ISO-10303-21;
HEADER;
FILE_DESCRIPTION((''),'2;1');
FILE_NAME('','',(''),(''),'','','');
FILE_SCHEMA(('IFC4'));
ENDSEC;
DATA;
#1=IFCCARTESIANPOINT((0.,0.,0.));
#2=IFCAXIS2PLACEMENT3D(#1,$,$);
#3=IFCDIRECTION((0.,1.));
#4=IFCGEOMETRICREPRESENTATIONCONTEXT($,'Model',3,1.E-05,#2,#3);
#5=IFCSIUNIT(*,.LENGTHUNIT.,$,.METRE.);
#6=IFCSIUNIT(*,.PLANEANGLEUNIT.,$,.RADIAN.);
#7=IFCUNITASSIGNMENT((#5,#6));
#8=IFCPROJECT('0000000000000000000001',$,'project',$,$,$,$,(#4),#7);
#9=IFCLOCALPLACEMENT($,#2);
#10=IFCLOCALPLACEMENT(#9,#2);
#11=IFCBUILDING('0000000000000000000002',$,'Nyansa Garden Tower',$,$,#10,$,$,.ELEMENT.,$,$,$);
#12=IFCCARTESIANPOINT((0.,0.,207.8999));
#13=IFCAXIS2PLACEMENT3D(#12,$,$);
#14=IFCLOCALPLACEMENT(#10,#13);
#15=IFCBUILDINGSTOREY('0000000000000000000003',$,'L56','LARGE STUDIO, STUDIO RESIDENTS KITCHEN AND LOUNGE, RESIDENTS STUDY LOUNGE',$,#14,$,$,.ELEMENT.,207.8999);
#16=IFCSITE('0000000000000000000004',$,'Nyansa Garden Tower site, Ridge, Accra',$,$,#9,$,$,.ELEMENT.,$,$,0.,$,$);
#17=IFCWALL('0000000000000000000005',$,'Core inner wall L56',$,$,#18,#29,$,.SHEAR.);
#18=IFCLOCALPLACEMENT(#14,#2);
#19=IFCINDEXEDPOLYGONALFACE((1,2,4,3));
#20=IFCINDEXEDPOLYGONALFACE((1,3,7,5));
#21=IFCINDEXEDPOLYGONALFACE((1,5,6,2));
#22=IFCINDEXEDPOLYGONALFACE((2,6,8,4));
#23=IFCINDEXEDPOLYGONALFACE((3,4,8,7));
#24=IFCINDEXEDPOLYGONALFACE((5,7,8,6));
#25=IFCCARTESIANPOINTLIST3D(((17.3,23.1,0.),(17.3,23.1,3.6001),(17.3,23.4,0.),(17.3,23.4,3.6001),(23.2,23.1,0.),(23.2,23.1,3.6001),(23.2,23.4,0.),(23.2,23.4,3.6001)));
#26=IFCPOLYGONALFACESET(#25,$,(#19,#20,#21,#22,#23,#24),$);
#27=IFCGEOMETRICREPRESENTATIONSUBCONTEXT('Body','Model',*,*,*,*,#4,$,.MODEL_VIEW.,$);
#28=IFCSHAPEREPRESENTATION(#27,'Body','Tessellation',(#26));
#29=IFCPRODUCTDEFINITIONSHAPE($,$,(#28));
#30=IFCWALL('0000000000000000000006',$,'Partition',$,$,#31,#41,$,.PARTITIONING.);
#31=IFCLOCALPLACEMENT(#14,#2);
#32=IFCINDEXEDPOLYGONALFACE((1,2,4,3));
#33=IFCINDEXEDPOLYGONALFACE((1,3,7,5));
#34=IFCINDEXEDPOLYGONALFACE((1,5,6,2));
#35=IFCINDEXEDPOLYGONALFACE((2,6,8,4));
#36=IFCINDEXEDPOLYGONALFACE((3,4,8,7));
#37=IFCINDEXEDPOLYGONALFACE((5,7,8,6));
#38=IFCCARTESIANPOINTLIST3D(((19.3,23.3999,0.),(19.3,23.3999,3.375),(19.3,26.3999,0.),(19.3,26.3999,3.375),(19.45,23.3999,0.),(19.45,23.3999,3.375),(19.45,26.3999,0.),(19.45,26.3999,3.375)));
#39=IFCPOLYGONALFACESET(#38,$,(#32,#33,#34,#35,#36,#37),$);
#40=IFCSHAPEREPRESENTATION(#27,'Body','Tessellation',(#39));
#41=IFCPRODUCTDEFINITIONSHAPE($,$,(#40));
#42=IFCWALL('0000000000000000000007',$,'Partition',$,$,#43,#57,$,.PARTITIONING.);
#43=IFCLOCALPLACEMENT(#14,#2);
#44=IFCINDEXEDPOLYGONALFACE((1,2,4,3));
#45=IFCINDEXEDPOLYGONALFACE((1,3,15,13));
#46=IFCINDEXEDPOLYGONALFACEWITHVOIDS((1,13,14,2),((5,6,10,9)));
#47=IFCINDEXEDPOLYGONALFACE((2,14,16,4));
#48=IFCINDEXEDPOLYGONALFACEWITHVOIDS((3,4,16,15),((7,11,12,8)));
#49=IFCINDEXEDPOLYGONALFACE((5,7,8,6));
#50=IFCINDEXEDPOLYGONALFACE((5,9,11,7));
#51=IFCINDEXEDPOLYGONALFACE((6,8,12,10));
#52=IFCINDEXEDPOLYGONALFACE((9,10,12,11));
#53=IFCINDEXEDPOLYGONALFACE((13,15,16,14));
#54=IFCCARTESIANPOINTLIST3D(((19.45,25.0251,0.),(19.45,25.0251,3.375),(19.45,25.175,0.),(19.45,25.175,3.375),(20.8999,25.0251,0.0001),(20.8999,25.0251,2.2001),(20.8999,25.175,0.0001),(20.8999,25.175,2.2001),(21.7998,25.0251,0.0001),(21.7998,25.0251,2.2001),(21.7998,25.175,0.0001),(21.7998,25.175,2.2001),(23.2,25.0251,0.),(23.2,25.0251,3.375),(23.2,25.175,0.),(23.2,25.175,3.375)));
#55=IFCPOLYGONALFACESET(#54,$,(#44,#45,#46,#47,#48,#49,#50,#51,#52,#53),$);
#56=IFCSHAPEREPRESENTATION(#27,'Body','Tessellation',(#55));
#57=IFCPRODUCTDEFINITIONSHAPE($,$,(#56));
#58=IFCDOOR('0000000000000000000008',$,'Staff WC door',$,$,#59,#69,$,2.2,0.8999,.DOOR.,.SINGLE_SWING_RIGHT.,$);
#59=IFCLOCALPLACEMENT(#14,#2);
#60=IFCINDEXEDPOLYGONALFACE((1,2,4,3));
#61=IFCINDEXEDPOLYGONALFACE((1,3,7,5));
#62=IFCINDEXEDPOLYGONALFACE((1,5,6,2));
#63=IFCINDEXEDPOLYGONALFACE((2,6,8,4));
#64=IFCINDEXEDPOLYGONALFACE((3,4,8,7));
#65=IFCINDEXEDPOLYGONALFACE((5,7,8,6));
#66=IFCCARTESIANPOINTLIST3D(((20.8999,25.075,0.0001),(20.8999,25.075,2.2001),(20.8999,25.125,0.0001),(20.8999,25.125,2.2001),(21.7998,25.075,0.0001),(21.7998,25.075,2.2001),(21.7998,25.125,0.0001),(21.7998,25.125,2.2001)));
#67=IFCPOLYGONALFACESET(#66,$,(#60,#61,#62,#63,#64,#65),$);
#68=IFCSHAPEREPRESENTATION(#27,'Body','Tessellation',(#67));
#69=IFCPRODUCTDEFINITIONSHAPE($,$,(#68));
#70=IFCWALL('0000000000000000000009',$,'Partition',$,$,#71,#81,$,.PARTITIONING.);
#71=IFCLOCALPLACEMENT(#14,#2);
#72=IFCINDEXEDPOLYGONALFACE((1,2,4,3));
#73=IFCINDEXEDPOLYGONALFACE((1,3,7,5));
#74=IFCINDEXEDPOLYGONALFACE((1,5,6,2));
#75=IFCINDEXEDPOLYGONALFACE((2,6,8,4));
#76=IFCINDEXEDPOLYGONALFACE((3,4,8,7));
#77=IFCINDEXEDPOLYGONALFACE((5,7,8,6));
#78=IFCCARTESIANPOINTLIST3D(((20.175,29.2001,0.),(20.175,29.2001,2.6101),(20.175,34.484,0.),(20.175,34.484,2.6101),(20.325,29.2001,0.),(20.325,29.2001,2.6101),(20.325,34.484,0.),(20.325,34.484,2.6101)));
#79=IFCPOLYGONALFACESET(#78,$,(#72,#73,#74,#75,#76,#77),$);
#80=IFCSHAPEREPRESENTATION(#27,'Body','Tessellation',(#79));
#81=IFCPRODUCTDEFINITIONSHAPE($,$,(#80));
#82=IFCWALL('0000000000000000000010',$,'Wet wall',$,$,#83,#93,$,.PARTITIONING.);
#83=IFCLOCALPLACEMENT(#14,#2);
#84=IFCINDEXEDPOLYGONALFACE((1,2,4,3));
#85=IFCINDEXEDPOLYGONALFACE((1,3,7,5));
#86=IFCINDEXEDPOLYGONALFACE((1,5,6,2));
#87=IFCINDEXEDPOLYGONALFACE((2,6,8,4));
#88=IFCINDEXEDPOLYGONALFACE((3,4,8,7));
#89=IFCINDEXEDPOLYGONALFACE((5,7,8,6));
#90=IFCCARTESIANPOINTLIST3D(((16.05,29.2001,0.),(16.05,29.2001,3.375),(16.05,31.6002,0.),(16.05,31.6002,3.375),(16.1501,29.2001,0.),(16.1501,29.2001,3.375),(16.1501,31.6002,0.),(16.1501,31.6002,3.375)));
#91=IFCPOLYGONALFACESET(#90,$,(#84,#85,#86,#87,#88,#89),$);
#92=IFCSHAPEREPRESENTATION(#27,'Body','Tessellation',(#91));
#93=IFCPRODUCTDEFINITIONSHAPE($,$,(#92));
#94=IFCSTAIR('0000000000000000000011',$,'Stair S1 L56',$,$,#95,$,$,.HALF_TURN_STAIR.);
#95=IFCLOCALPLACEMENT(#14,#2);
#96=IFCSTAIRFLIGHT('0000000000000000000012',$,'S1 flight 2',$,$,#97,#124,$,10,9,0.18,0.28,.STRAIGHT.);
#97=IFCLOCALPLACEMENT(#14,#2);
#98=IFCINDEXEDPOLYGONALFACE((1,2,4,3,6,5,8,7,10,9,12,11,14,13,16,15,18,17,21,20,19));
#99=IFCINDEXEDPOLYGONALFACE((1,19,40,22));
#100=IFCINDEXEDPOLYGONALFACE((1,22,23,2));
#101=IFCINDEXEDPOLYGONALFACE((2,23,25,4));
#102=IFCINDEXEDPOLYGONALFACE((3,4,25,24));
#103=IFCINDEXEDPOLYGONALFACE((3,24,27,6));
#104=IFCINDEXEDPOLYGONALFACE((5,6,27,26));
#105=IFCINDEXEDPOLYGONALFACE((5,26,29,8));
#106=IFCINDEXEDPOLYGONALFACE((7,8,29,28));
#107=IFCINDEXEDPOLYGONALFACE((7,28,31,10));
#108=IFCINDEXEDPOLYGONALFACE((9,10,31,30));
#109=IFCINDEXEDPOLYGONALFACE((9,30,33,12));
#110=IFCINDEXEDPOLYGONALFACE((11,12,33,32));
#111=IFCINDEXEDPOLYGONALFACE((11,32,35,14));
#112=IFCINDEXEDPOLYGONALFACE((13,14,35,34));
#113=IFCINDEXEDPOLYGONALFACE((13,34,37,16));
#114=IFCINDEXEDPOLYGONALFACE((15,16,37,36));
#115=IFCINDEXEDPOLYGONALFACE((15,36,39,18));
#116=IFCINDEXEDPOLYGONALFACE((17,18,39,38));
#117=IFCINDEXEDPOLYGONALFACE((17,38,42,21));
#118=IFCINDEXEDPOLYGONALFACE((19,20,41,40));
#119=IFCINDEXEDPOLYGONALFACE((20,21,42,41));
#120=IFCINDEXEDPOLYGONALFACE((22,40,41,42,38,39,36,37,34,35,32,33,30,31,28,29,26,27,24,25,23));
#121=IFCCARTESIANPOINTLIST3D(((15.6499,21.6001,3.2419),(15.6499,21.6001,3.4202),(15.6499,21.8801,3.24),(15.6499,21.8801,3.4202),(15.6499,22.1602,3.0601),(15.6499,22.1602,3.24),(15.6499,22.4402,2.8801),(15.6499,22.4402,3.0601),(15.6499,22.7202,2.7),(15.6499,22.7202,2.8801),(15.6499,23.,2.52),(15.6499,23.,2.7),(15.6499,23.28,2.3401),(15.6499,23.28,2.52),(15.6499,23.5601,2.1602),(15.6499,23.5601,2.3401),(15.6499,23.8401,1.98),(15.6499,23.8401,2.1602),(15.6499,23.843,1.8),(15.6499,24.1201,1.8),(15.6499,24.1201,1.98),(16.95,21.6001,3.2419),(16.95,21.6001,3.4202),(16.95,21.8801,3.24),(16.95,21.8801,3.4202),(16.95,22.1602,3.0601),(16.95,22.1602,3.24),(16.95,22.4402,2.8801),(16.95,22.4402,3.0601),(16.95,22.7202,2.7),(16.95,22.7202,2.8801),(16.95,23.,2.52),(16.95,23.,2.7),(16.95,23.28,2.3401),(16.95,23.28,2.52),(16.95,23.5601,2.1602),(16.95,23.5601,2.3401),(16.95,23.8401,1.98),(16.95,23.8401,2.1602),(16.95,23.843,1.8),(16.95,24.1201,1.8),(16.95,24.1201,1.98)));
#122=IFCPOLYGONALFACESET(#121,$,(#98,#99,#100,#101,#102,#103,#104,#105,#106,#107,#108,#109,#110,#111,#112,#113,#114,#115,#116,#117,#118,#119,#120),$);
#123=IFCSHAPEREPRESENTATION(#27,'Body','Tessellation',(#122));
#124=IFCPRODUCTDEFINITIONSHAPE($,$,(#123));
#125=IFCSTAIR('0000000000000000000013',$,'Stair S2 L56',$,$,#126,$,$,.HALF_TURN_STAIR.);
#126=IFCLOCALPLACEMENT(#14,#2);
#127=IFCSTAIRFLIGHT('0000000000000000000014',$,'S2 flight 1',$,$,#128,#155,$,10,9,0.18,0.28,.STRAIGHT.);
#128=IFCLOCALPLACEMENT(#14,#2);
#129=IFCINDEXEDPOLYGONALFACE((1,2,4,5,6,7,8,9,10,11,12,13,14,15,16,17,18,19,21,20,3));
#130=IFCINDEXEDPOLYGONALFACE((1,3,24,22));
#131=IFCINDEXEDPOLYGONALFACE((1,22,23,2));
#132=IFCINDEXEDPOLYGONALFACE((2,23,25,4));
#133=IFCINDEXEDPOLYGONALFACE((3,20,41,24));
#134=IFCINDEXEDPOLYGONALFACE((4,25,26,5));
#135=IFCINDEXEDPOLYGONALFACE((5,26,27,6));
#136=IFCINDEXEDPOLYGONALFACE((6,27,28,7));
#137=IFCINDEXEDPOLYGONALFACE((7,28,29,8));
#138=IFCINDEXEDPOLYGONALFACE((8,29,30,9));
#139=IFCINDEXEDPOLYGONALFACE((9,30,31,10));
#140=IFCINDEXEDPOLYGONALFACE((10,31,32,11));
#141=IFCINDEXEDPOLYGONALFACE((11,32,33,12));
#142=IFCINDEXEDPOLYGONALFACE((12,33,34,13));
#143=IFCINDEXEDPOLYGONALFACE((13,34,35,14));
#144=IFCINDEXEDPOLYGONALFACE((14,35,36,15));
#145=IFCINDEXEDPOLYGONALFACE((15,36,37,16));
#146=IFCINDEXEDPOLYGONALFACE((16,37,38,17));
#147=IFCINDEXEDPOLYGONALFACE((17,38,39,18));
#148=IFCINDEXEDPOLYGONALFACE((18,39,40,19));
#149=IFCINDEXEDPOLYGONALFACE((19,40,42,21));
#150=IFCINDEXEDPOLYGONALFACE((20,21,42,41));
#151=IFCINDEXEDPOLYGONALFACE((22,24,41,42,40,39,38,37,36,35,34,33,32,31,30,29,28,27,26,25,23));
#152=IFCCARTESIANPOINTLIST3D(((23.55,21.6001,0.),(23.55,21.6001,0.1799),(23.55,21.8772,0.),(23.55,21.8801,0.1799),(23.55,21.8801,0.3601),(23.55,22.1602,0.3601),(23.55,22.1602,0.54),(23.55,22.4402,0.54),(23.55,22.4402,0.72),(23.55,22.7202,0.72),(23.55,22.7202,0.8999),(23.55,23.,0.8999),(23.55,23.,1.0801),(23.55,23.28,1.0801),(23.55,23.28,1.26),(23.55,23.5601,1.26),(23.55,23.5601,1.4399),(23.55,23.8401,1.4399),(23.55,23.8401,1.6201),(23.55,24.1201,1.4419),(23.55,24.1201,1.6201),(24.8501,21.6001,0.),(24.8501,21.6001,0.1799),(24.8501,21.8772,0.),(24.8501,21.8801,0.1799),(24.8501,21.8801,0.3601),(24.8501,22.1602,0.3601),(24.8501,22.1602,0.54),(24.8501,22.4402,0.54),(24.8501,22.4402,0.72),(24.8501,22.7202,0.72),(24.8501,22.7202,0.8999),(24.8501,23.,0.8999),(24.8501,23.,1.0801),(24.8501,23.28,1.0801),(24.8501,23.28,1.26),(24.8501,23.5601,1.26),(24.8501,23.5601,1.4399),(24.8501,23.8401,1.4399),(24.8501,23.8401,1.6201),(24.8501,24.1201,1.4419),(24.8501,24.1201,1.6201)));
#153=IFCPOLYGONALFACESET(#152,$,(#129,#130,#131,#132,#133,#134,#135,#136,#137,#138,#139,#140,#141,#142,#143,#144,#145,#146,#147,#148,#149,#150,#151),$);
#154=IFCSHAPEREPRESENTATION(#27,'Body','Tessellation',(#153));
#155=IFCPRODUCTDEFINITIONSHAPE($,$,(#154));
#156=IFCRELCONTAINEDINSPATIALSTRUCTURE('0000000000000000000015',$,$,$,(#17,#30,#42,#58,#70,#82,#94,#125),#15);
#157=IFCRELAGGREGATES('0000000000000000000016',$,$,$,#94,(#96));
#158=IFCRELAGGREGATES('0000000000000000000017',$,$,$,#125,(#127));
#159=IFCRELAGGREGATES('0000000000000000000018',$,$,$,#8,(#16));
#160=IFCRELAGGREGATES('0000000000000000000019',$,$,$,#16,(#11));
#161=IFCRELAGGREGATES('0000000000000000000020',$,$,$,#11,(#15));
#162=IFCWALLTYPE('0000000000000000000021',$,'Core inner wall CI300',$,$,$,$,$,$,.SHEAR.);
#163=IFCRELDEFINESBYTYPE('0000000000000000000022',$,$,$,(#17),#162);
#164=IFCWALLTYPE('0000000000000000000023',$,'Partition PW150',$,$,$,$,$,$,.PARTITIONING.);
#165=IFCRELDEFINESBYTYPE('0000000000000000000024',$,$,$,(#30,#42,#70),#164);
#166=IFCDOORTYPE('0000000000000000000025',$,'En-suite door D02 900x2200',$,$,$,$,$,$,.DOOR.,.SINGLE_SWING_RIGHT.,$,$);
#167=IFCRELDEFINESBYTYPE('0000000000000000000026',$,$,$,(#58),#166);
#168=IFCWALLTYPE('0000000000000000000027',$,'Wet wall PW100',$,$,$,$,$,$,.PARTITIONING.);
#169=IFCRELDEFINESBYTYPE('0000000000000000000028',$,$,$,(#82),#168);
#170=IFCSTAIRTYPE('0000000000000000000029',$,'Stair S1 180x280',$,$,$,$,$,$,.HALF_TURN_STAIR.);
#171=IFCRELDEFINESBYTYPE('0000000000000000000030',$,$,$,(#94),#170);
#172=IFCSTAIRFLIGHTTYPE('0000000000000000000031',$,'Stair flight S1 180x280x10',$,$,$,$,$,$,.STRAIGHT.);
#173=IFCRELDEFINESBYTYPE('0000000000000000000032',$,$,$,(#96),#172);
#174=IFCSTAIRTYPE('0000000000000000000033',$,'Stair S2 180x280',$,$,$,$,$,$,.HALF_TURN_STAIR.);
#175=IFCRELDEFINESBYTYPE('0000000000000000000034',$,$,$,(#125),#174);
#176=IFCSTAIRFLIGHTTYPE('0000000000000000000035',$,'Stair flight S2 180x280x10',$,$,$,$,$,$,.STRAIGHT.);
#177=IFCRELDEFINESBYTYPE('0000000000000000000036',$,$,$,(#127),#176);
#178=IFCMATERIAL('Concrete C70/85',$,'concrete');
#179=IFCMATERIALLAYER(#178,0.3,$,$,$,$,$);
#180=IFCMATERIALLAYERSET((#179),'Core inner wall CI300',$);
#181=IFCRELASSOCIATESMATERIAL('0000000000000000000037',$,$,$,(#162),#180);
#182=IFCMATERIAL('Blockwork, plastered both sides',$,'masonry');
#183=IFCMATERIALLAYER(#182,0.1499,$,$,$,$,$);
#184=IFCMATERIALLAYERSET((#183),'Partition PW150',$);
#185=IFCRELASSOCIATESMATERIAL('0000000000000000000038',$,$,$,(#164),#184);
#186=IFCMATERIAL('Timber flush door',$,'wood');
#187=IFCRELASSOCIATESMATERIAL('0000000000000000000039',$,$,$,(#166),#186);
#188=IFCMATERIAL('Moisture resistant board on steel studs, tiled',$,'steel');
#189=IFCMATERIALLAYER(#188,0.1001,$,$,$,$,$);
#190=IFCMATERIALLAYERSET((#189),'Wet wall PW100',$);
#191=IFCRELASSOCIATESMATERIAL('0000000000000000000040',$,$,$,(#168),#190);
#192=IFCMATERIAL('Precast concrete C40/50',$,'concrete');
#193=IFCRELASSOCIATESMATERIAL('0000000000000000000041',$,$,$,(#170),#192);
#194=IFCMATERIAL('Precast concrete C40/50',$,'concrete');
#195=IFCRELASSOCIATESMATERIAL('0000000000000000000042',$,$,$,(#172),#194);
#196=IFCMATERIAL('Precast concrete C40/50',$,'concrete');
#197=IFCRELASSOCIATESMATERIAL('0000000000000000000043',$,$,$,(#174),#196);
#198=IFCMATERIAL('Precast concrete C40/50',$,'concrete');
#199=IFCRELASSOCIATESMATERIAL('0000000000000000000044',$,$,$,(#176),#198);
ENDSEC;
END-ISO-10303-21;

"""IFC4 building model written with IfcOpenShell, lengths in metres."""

from ifc_helpers import new_model, si_unit, direction, frame, frame_2d, origin, place, context, subcontext, project, spatial, polyline, rectangle, outline, extrude, material, layer, layer_set, type_object, element, fill, aggregate, save


model = new_model("IFC4")

# Units and contexts
model_context = context("Model", 3, precision=1e-05, world=origin(), true_north=direction((0.0, 1.0)))
body_context = subcontext(model_context, "Body", "Model", "MODEL_VIEW")
ifc_project = project(units=[si_unit("LENGTHUNIT", "METRE"), si_unit("PLANEANGLEUNIT", "RADIAN")], contexts=[model_context])

# Site, building, storey
site_placement = place(None, origin())
site = spatial("IfcSite", under=ifc_project, at=site_placement, Name="Nyansa Garden Tower site, Ridge, Accra", CompositionType="ELEMENT", RefElevation=0.0)
building_placement = place(site_placement, origin())
building = spatial("IfcBuilding", under=site, at=building_placement, Name="Nyansa Garden Tower", CompositionType="ELEMENT")
storey_placement = place(building_placement, frame((0.0, 0.0, 207.8999)))
storey = spatial("IfcBuildingStorey", under=building, at=storey_placement, Name="L56", Description="LARGE STUDIO, STUDIO RESIDENTS KITCHEN AND LOUNGE, RESIDENTS STUDY LOUNGE", CompositionType="ELEMENT", Elevation=207.8999)

# Walls
ifc_material_1 = material(Name="Concrete C70/85", Category="concrete")
ifc_layer_1 = layer(ifc_material_1, 0.3)
ifc_layer_set_1 = layer_set([ifc_layer_1], Name="Core inner wall CI300")
wall_type_1 = type_object("IfcWallType", Name="Core inner wall CI300", PredefinedType="SHEAR", material=ifc_layer_set_1)
wall_1_placement = place(storey_placement, frame((17.3, 23.25, 0.0), z_axis=(0.0, 0.0, 1.0), x_axis=(1.0, 0.0, 0.0)))
element("IfcWall", 1, at=wall_1_placement, inside=storey, type_object=wall_type_1, Name="Core inner wall L56", PredefinedType="SHEAR", context=body_context, shape_type="SweptSolid", body=[
    extrude(rectangle(XDim=5.8999, YDim=0.3, at=frame_2d((2.95, 0.0))), origin(), (0.0, 0.0, 1.0), 3.6001),
])
ifc_material_2 = material(Name="Blockwork, plastered both sides", Category="masonry")
ifc_layer_2 = layer(ifc_material_2, 0.1499)
ifc_layer_set_2 = layer_set([ifc_layer_2], Name="Partition PW150")
wall_type_2 = type_object("IfcWallType", Name="Partition PW150", PredefinedType="PARTITIONING", material=ifc_layer_set_2)
wall_2_placement = place(storey_placement, frame((19.375, 23.3999, 0.0), z_axis=(0.0, 0.0, 1.0), x_axis=(0.0, 1.0, 0.0)))
element("IfcWall", 2, at=wall_2_placement, inside=storey, type_object=wall_type_2, Name="Partition", PredefinedType="PARTITIONING", context=body_context, shape_type="SweptSolid", body=[
    extrude(rectangle(XDim=3.0, YDim=0.1499, at=frame_2d((1.5, 0.0))), origin(), (0.0, 0.0, 1.0), 3.375),
])

# Wall, opening, door
wall_3_placement = place(storey_placement, frame((19.45, 25.1001, 0.0), z_axis=(0.0, 0.0, 1.0), x_axis=(1.0, 0.0, 0.0)))
wall_3 = element("IfcWall", 3, at=wall_3_placement, inside=storey, type_object=wall_type_2, Name="Partition", PredefinedType="PARTITIONING", context=body_context, shape_type="SweptSolid", body=[
    extrude(rectangle(XDim=3.75, YDim=0.1499, at=frame_2d((1.875, 0.0))), origin(), (0.0, 0.0, 1.0), 3.375),
])
opening_placement = place(wall_3_placement, frame((1.45, 0.0, 0.0)))
opening = element("IfcOpeningElement", 4, at=opening_placement, cuts=wall_3, PredefinedType="OPENING", context=body_context, shape_type="SweptSolid", body=[
    extrude(rectangle(XDim=0.8999, YDim=2.2, at=frame_2d((0.45, 1.1001))), frame((0.0, 0.085, 0.0), z_axis=(0.0, -1.0, 0.0), x_axis=(1.0, 0.0, 0.0)), (0.0, 0.0, 1.0), 0.1699),
])
ifc_material_3 = material(Name="Timber flush door", Category="wood")
door_type = type_object("IfcDoorType", Name="En-suite door D02 900x2200", OperationType="SINGLE_SWING_RIGHT", PredefinedType="DOOR", material=ifc_material_3)
door_placement = place(opening_placement, origin())
door = element("IfcDoor", 5, at=door_placement, inside=storey, type_object=door_type, Name="Staff WC door", OperationType="SINGLE_SWING_RIGHT", OverallHeight=2.2, OverallWidth=0.8999, PredefinedType="DOOR", context=body_context, shape_type="SweptSolid", body=[
    extrude(rectangle(XDim=0.8999, YDim=2.2, at=frame_2d((0.45, 1.1001))), frame((0.0, 0.0249, 0.0), z_axis=(0.0, -1.0, 0.0), x_axis=(1.0, 0.0, 0.0)), (0.0, 0.0, 1.0), 0.05),
])
fill(opening, door)

# Walls
wall_4_placement = place(storey_placement, frame((20.25, 29.2, 0.0), z_axis=(0.0, 0.0, 1.0), x_axis=(0.0, 1.0, 0.0)))
element("IfcWall", 6, at=wall_4_placement, inside=storey, type_object=wall_type_2, Name="Partition", PredefinedType="PARTITIONING", context=body_context, shape_type="SweptSolid", body=[
    extrude(rectangle(XDim=5.2839, YDim=0.1499, at=frame_2d((2.6421, 0.0))), origin(), (0.0, 0.0, 1.0), 2.6101),
])
ifc_material_4 = material(Name="Moisture resistant board on steel studs, tiled", Category="steel")
ifc_layer_3 = layer(ifc_material_4, 0.1001)
ifc_layer_set_3 = layer_set([ifc_layer_3], Name="Wet wall PW100")
wall_type_3 = type_object("IfcWallType", Name="Wet wall PW100", PredefinedType="PARTITIONING", material=ifc_layer_set_3)
wall_5_placement = place(storey_placement, frame((16.1001, 29.2, 0.0), z_axis=(0.0, 0.0, 1.0), x_axis=(0.0, 1.0, 0.0)))
element("IfcWall", 7, at=wall_5_placement, inside=storey, type_object=wall_type_3, Name="Wet wall", PredefinedType="PARTITIONING", context=body_context, shape_type="SweptSolid", body=[
    extrude(rectangle(XDim=2.4001, YDim=0.1001, at=frame_2d((1.2002, 0.0))), origin(), (0.0, 0.0, 1.0), 3.375),
])

# Stair, stair flight
ifc_material_5 = material(Name="Precast concrete C40/50", Category="concrete")
stair_type_1 = type_object("IfcStairType", Name="Stair S1 180x280", PredefinedType="HALF_TURN_STAIR", material=ifc_material_5)
stair_1_placement = place(storey_placement, origin())
stair_1 = element("IfcStair", 8, at=stair_1_placement, inside=storey, type_object=stair_type_1, Name="Stair S1 L56", PredefinedType="HALF_TURN_STAIR")
ifc_material_6 = material(Name="Precast concrete C40/50", Category="concrete")
stair_flight_type_1 = type_object("IfcStairFlightType", Name="Stair flight S1 180x280x10", PredefinedType="STRAIGHT", material=ifc_material_6)
stair_flight_1_placement = place(storey_placement, frame((16.3, 24.1201, 1.8), z_axis=(0.0, 0.0, 1.0), x_axis=(0.0, -1.0, 0.0)))
stair_flight_1 = element("IfcStairFlight", 9, at=stair_flight_1_placement, type_object=stair_flight_type_1, Name="S1 flight 2", NumberOfRisers=10, NumberOfTreads=9, PredefinedType="STRAIGHT", RiserHeight=0.18, TreadLength=0.28, context=body_context, shape_type="SweptSolid", body=[
    extrude(outline(polyline([(0.0, 0.0), (0.0, 0.1799), (0.28, 0.1799), (0.28, 0.3601), (0.5601, 0.3601), (0.5601, 0.54), (0.8401, 0.54), (0.8401, 0.72), (1.1201, 0.72), (1.1201, 0.8999), (1.3999, 0.8999), (1.3999, 1.0801), (1.6799, 1.0801), (1.6799, 1.26), (1.96, 1.26), (1.96, 1.4399), (2.24, 1.4399), (2.24, 1.6201), (2.52, 1.6201), (2.52, 1.8), (2.52, 1.4419), (0.2771, 0.0), (0.0, 0.0)])), frame((0.0, 0.6499, 0.0), z_axis=(0.0, -1.0, 0.0), x_axis=(1.0, 0.0, 0.0)), (0.0, 0.0, 1.0), 1.3),
])
aggregate(stair_1, [stair_flight_1])

# Stair, stair flight
ifc_material_7 = material(Name="Precast concrete C40/50", Category="concrete")
stair_type_2 = type_object("IfcStairType", Name="Stair S2 180x280", PredefinedType="HALF_TURN_STAIR", material=ifc_material_7)
stair_2_placement = place(storey_placement, origin())
stair_2 = element("IfcStair", 10, at=stair_2_placement, inside=storey, type_object=stair_type_2, Name="Stair S2 L56", PredefinedType="HALF_TURN_STAIR")
ifc_material_8 = material(Name="Precast concrete C40/50", Category="concrete")
stair_flight_type_2 = type_object("IfcStairFlightType", Name="Stair flight S2 180x280x10", PredefinedType="STRAIGHT", material=ifc_material_8)
stair_flight_2_placement = place(storey_placement, frame((24.2, 21.6001, 0.0), z_axis=(0.0, 0.0, 1.0), x_axis=(0.0, 1.0, 0.0)))
stair_flight_2 = element("IfcStairFlight", 11, at=stair_flight_2_placement, type_object=stair_flight_type_2, Name="S2 flight 1", NumberOfRisers=10, NumberOfTreads=9, PredefinedType="STRAIGHT", RiserHeight=0.18, TreadLength=0.28, context=body_context, shape_type="SweptSolid", body=[
    extrude(outline(polyline([(0.0, 0.0), (0.0, 0.1799), (0.28, 0.1799), (0.28, 0.3601), (0.5601, 0.3601), (0.5601, 0.54), (0.8401, 0.54), (0.8401, 0.72), (1.1201, 0.72), (1.1201, 0.8999), (1.3999, 0.8999), (1.3999, 1.0801), (1.6799, 1.0801), (1.6799, 1.26), (1.96, 1.26), (1.96, 1.4399), (2.24, 1.4399), (2.24, 1.6201), (2.52, 1.6201), (2.52, 1.8), (2.52, 1.4419), (0.2771, 0.0), (0.0, 0.0)])), frame((0.0, 0.6499, 0.0), z_axis=(0.0, -1.0, 0.0), x_axis=(1.0, 0.0, 0.0)), (0.0, 0.0, 1.0), 1.3),
])
aggregate(stair_2, [stair_flight_2])

save(model, "model.ifc")
